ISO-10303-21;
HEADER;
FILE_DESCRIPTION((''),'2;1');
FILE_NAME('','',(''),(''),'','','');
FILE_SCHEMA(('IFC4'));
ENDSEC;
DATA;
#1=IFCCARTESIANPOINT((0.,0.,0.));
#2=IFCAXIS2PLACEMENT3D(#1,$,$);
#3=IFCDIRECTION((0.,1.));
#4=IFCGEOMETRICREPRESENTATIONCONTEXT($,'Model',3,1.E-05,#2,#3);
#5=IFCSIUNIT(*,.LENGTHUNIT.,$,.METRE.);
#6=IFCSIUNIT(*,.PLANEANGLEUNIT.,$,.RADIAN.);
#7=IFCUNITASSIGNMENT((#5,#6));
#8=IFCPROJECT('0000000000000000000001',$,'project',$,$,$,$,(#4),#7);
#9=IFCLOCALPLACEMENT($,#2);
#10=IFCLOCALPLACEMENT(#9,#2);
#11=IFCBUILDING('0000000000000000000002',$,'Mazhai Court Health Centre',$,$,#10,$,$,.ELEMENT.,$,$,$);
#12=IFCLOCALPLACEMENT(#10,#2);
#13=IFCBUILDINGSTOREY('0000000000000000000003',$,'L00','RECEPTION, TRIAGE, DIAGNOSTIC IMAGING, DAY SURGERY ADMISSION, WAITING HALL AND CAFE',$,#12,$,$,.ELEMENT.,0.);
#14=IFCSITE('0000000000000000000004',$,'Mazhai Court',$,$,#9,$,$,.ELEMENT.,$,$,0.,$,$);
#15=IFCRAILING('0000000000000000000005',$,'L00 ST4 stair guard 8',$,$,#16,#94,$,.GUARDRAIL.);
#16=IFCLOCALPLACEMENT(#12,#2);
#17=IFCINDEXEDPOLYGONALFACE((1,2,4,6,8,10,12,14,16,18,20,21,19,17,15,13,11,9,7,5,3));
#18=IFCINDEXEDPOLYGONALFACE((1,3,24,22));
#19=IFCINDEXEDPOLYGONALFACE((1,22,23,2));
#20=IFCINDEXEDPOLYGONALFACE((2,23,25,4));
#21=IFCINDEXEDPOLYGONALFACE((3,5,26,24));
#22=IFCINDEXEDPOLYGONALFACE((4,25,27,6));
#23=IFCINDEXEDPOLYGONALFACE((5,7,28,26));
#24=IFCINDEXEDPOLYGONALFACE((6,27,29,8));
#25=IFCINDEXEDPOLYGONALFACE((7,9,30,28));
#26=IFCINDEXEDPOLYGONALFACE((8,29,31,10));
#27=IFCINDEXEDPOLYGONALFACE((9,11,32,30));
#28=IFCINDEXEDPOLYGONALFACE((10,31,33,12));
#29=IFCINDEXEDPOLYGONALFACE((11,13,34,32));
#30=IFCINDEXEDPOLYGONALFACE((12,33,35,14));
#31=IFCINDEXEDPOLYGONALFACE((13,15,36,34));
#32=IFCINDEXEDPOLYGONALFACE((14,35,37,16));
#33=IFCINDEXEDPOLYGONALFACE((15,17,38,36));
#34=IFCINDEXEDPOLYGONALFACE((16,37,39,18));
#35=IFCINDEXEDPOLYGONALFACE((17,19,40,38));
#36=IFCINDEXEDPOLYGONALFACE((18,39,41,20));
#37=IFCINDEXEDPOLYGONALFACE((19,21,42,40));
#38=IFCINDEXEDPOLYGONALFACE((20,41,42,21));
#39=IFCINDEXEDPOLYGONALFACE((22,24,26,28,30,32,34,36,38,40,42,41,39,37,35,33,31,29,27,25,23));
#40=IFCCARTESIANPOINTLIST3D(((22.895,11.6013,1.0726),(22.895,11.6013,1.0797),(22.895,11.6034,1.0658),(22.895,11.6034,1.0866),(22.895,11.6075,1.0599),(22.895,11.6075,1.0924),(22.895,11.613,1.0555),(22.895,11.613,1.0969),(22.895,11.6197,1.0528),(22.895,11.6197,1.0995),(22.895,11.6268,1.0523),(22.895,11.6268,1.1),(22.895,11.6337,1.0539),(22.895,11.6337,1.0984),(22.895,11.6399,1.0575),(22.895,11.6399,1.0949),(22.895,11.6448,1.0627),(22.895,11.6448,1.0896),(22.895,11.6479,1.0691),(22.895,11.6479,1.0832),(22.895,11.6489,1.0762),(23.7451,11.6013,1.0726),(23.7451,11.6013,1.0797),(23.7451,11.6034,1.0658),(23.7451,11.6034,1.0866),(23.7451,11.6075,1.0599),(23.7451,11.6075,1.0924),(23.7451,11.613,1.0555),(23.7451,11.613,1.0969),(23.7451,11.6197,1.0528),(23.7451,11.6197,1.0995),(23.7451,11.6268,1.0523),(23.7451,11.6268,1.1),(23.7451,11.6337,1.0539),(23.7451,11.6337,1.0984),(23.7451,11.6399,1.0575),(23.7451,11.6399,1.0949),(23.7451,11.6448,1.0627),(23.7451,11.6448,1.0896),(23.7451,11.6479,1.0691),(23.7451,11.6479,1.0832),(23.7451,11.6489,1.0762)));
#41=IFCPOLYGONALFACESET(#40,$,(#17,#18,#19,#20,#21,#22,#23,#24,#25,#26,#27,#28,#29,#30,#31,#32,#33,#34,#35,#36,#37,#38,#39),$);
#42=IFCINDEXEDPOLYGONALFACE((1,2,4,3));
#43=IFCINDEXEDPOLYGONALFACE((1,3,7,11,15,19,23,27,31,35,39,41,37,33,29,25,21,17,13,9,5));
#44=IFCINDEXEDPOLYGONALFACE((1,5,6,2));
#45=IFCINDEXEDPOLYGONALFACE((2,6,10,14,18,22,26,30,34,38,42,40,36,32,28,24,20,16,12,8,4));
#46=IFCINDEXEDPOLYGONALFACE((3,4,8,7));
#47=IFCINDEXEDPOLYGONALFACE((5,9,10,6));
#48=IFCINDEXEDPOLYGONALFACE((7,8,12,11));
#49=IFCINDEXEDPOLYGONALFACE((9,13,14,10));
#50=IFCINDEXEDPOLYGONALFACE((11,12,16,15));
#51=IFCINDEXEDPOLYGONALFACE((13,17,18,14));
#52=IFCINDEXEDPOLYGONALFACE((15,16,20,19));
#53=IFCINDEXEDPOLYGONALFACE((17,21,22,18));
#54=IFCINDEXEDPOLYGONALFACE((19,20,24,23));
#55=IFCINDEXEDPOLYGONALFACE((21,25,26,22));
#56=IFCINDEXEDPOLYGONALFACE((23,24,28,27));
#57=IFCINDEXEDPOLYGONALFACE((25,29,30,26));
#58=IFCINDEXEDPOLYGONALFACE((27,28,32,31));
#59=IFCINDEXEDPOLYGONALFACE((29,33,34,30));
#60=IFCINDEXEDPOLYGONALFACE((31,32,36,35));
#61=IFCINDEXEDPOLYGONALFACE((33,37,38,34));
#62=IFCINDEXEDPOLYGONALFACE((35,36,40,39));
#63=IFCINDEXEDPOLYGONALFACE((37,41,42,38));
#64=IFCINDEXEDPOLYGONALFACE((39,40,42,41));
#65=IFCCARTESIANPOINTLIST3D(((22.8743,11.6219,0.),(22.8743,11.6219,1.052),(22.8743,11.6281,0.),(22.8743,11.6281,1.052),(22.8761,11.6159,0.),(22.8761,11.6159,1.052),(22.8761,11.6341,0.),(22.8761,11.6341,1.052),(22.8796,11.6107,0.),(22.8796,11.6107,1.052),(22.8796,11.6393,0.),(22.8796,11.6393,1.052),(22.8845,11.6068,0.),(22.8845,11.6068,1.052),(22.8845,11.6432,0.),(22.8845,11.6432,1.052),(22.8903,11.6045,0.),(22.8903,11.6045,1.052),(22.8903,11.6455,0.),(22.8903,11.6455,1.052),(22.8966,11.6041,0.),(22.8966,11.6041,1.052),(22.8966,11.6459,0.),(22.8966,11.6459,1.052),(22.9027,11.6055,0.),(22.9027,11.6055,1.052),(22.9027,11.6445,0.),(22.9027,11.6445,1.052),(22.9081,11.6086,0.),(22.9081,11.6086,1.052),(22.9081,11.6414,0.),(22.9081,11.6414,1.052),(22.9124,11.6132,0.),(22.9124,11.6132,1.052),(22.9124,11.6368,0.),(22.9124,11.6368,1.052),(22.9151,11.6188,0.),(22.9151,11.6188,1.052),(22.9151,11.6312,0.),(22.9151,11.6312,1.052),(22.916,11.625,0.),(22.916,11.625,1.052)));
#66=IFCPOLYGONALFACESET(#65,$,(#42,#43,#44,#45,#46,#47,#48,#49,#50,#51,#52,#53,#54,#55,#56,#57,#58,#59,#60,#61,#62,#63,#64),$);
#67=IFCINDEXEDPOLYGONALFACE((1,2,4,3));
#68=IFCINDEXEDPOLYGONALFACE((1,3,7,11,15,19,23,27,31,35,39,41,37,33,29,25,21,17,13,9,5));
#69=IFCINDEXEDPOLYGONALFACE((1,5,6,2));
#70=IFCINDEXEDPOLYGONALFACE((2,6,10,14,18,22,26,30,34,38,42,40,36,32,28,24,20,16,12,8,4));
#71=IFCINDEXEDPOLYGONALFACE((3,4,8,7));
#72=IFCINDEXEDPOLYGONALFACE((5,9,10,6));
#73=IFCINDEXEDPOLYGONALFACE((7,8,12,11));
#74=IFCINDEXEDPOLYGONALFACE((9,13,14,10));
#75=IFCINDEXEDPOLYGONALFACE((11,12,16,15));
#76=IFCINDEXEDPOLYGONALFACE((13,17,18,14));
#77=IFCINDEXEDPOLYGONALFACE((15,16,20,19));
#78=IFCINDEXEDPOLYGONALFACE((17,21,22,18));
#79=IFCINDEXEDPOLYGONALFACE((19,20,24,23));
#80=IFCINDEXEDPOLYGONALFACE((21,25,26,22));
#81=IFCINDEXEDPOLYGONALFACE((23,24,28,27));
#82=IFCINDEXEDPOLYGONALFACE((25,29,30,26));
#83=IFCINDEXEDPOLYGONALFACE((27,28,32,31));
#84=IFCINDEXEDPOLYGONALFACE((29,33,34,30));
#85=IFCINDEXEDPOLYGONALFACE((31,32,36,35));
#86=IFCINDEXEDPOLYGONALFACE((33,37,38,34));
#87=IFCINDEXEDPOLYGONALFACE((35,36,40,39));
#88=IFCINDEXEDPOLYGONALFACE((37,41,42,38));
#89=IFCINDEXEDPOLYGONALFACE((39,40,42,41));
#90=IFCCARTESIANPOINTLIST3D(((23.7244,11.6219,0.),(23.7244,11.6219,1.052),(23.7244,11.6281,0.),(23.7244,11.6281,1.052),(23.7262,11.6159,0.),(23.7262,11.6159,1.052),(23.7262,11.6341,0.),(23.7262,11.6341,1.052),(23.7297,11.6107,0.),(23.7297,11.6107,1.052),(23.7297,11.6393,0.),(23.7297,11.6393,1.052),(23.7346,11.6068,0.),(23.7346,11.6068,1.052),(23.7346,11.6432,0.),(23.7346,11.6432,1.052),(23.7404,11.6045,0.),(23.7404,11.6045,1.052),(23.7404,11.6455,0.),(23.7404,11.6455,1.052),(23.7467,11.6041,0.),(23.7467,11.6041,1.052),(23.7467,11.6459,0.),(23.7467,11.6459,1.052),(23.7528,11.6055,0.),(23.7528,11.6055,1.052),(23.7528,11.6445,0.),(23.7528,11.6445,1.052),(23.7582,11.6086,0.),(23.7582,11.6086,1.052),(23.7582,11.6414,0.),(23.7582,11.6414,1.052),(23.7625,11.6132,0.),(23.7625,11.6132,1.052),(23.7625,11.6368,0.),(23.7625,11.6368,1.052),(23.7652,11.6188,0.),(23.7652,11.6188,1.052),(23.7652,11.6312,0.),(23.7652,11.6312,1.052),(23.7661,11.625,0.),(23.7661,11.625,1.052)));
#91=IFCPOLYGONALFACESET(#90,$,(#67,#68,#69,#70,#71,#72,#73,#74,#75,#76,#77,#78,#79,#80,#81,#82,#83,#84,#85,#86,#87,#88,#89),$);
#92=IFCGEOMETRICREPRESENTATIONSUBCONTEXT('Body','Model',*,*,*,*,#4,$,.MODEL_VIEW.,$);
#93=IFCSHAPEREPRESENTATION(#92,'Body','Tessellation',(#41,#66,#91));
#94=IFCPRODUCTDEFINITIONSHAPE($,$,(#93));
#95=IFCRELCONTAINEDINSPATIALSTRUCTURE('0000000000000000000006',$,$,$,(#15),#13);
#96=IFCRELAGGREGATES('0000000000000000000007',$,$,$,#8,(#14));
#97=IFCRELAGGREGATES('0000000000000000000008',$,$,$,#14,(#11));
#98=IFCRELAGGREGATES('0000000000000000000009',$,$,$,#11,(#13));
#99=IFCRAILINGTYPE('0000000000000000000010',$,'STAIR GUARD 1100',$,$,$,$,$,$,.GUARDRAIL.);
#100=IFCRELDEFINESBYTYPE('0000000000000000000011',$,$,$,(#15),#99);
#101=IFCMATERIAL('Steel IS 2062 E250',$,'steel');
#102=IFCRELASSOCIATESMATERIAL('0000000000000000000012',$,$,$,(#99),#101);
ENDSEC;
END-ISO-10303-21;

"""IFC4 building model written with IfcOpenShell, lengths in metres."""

from ifc_helpers import new_model, si_unit, direction, frame, origin, origin_2d, place, context, subcontext, project, spatial, circle, extrude, material, type_object, element, save


model = new_model("IFC4")

# Units and contexts
model_context = context("Model", 3, precision=1e-05, world=origin(), true_north=direction((0.0, 1.0)))
body_context = subcontext(model_context, "Body", "Model", "MODEL_VIEW")
ifc_project = project(units=[si_unit("LENGTHUNIT", "METRE"), si_unit("PLANEANGLEUNIT", "RADIAN")], contexts=[model_context])

# Site, building, storey
site_placement = place(None, origin())
site = spatial("IfcSite", under=ifc_project, at=site_placement, Name="Mazhai Court", CompositionType="ELEMENT", RefElevation=0.0)
building_placement = place(site_placement, origin())
building = spatial("IfcBuilding", under=site, at=building_placement, Name="Mazhai Court Health Centre", CompositionType="ELEMENT")
storey_placement = place(building_placement, origin())
storey = spatial("IfcBuildingStorey", under=building, at=storey_placement, Name="L00", Description="RECEPTION, TRIAGE, DIAGNOSTIC IMAGING, DAY SURGERY ADMISSION, WAITING HALL AND CAFE", CompositionType="ELEMENT", Elevation=0.0)

# Railing
ifc_material_1 = material(Name="Steel IS 2062 E250", Category="steel")
railing_type_1 = type_object("IfcRailingType", Name="STAIR GUARD 1100", PredefinedType="GUARDRAIL", material=ifc_material_1)
railing_1_placement = place(storey_placement, frame((22.895, 11.625, 0.0)))
element("IfcRailing", 1, at=railing_1_placement, inside=storey, type_object=railing_type_1, Name="L00 ST4 stair guard 8", PredefinedType="GUARDRAIL", context=body_context, shape_type="SweptSolid", body=[
    extrude(circle(Radius=0.0239, at=origin_2d()), frame((0.0, 0.0, 1.0762), z_axis=(1.0, 0.0, 0.0), x_axis=(0.0, 1.0, 0.0)), (0.0, 0.0, 1.0), 0.8501),
    extrude(circle(Radius=0.021, at=origin_2d()), origin(), (0.0, 0.0, 1.0), 1.052),
    extrude(circle(Radius=0.021, at=origin_2d()), frame((0.8501, 0.0, 0.0)), (0.0, 0.0, 1.0), 1.052),
])

save(model, "model.ifc")
